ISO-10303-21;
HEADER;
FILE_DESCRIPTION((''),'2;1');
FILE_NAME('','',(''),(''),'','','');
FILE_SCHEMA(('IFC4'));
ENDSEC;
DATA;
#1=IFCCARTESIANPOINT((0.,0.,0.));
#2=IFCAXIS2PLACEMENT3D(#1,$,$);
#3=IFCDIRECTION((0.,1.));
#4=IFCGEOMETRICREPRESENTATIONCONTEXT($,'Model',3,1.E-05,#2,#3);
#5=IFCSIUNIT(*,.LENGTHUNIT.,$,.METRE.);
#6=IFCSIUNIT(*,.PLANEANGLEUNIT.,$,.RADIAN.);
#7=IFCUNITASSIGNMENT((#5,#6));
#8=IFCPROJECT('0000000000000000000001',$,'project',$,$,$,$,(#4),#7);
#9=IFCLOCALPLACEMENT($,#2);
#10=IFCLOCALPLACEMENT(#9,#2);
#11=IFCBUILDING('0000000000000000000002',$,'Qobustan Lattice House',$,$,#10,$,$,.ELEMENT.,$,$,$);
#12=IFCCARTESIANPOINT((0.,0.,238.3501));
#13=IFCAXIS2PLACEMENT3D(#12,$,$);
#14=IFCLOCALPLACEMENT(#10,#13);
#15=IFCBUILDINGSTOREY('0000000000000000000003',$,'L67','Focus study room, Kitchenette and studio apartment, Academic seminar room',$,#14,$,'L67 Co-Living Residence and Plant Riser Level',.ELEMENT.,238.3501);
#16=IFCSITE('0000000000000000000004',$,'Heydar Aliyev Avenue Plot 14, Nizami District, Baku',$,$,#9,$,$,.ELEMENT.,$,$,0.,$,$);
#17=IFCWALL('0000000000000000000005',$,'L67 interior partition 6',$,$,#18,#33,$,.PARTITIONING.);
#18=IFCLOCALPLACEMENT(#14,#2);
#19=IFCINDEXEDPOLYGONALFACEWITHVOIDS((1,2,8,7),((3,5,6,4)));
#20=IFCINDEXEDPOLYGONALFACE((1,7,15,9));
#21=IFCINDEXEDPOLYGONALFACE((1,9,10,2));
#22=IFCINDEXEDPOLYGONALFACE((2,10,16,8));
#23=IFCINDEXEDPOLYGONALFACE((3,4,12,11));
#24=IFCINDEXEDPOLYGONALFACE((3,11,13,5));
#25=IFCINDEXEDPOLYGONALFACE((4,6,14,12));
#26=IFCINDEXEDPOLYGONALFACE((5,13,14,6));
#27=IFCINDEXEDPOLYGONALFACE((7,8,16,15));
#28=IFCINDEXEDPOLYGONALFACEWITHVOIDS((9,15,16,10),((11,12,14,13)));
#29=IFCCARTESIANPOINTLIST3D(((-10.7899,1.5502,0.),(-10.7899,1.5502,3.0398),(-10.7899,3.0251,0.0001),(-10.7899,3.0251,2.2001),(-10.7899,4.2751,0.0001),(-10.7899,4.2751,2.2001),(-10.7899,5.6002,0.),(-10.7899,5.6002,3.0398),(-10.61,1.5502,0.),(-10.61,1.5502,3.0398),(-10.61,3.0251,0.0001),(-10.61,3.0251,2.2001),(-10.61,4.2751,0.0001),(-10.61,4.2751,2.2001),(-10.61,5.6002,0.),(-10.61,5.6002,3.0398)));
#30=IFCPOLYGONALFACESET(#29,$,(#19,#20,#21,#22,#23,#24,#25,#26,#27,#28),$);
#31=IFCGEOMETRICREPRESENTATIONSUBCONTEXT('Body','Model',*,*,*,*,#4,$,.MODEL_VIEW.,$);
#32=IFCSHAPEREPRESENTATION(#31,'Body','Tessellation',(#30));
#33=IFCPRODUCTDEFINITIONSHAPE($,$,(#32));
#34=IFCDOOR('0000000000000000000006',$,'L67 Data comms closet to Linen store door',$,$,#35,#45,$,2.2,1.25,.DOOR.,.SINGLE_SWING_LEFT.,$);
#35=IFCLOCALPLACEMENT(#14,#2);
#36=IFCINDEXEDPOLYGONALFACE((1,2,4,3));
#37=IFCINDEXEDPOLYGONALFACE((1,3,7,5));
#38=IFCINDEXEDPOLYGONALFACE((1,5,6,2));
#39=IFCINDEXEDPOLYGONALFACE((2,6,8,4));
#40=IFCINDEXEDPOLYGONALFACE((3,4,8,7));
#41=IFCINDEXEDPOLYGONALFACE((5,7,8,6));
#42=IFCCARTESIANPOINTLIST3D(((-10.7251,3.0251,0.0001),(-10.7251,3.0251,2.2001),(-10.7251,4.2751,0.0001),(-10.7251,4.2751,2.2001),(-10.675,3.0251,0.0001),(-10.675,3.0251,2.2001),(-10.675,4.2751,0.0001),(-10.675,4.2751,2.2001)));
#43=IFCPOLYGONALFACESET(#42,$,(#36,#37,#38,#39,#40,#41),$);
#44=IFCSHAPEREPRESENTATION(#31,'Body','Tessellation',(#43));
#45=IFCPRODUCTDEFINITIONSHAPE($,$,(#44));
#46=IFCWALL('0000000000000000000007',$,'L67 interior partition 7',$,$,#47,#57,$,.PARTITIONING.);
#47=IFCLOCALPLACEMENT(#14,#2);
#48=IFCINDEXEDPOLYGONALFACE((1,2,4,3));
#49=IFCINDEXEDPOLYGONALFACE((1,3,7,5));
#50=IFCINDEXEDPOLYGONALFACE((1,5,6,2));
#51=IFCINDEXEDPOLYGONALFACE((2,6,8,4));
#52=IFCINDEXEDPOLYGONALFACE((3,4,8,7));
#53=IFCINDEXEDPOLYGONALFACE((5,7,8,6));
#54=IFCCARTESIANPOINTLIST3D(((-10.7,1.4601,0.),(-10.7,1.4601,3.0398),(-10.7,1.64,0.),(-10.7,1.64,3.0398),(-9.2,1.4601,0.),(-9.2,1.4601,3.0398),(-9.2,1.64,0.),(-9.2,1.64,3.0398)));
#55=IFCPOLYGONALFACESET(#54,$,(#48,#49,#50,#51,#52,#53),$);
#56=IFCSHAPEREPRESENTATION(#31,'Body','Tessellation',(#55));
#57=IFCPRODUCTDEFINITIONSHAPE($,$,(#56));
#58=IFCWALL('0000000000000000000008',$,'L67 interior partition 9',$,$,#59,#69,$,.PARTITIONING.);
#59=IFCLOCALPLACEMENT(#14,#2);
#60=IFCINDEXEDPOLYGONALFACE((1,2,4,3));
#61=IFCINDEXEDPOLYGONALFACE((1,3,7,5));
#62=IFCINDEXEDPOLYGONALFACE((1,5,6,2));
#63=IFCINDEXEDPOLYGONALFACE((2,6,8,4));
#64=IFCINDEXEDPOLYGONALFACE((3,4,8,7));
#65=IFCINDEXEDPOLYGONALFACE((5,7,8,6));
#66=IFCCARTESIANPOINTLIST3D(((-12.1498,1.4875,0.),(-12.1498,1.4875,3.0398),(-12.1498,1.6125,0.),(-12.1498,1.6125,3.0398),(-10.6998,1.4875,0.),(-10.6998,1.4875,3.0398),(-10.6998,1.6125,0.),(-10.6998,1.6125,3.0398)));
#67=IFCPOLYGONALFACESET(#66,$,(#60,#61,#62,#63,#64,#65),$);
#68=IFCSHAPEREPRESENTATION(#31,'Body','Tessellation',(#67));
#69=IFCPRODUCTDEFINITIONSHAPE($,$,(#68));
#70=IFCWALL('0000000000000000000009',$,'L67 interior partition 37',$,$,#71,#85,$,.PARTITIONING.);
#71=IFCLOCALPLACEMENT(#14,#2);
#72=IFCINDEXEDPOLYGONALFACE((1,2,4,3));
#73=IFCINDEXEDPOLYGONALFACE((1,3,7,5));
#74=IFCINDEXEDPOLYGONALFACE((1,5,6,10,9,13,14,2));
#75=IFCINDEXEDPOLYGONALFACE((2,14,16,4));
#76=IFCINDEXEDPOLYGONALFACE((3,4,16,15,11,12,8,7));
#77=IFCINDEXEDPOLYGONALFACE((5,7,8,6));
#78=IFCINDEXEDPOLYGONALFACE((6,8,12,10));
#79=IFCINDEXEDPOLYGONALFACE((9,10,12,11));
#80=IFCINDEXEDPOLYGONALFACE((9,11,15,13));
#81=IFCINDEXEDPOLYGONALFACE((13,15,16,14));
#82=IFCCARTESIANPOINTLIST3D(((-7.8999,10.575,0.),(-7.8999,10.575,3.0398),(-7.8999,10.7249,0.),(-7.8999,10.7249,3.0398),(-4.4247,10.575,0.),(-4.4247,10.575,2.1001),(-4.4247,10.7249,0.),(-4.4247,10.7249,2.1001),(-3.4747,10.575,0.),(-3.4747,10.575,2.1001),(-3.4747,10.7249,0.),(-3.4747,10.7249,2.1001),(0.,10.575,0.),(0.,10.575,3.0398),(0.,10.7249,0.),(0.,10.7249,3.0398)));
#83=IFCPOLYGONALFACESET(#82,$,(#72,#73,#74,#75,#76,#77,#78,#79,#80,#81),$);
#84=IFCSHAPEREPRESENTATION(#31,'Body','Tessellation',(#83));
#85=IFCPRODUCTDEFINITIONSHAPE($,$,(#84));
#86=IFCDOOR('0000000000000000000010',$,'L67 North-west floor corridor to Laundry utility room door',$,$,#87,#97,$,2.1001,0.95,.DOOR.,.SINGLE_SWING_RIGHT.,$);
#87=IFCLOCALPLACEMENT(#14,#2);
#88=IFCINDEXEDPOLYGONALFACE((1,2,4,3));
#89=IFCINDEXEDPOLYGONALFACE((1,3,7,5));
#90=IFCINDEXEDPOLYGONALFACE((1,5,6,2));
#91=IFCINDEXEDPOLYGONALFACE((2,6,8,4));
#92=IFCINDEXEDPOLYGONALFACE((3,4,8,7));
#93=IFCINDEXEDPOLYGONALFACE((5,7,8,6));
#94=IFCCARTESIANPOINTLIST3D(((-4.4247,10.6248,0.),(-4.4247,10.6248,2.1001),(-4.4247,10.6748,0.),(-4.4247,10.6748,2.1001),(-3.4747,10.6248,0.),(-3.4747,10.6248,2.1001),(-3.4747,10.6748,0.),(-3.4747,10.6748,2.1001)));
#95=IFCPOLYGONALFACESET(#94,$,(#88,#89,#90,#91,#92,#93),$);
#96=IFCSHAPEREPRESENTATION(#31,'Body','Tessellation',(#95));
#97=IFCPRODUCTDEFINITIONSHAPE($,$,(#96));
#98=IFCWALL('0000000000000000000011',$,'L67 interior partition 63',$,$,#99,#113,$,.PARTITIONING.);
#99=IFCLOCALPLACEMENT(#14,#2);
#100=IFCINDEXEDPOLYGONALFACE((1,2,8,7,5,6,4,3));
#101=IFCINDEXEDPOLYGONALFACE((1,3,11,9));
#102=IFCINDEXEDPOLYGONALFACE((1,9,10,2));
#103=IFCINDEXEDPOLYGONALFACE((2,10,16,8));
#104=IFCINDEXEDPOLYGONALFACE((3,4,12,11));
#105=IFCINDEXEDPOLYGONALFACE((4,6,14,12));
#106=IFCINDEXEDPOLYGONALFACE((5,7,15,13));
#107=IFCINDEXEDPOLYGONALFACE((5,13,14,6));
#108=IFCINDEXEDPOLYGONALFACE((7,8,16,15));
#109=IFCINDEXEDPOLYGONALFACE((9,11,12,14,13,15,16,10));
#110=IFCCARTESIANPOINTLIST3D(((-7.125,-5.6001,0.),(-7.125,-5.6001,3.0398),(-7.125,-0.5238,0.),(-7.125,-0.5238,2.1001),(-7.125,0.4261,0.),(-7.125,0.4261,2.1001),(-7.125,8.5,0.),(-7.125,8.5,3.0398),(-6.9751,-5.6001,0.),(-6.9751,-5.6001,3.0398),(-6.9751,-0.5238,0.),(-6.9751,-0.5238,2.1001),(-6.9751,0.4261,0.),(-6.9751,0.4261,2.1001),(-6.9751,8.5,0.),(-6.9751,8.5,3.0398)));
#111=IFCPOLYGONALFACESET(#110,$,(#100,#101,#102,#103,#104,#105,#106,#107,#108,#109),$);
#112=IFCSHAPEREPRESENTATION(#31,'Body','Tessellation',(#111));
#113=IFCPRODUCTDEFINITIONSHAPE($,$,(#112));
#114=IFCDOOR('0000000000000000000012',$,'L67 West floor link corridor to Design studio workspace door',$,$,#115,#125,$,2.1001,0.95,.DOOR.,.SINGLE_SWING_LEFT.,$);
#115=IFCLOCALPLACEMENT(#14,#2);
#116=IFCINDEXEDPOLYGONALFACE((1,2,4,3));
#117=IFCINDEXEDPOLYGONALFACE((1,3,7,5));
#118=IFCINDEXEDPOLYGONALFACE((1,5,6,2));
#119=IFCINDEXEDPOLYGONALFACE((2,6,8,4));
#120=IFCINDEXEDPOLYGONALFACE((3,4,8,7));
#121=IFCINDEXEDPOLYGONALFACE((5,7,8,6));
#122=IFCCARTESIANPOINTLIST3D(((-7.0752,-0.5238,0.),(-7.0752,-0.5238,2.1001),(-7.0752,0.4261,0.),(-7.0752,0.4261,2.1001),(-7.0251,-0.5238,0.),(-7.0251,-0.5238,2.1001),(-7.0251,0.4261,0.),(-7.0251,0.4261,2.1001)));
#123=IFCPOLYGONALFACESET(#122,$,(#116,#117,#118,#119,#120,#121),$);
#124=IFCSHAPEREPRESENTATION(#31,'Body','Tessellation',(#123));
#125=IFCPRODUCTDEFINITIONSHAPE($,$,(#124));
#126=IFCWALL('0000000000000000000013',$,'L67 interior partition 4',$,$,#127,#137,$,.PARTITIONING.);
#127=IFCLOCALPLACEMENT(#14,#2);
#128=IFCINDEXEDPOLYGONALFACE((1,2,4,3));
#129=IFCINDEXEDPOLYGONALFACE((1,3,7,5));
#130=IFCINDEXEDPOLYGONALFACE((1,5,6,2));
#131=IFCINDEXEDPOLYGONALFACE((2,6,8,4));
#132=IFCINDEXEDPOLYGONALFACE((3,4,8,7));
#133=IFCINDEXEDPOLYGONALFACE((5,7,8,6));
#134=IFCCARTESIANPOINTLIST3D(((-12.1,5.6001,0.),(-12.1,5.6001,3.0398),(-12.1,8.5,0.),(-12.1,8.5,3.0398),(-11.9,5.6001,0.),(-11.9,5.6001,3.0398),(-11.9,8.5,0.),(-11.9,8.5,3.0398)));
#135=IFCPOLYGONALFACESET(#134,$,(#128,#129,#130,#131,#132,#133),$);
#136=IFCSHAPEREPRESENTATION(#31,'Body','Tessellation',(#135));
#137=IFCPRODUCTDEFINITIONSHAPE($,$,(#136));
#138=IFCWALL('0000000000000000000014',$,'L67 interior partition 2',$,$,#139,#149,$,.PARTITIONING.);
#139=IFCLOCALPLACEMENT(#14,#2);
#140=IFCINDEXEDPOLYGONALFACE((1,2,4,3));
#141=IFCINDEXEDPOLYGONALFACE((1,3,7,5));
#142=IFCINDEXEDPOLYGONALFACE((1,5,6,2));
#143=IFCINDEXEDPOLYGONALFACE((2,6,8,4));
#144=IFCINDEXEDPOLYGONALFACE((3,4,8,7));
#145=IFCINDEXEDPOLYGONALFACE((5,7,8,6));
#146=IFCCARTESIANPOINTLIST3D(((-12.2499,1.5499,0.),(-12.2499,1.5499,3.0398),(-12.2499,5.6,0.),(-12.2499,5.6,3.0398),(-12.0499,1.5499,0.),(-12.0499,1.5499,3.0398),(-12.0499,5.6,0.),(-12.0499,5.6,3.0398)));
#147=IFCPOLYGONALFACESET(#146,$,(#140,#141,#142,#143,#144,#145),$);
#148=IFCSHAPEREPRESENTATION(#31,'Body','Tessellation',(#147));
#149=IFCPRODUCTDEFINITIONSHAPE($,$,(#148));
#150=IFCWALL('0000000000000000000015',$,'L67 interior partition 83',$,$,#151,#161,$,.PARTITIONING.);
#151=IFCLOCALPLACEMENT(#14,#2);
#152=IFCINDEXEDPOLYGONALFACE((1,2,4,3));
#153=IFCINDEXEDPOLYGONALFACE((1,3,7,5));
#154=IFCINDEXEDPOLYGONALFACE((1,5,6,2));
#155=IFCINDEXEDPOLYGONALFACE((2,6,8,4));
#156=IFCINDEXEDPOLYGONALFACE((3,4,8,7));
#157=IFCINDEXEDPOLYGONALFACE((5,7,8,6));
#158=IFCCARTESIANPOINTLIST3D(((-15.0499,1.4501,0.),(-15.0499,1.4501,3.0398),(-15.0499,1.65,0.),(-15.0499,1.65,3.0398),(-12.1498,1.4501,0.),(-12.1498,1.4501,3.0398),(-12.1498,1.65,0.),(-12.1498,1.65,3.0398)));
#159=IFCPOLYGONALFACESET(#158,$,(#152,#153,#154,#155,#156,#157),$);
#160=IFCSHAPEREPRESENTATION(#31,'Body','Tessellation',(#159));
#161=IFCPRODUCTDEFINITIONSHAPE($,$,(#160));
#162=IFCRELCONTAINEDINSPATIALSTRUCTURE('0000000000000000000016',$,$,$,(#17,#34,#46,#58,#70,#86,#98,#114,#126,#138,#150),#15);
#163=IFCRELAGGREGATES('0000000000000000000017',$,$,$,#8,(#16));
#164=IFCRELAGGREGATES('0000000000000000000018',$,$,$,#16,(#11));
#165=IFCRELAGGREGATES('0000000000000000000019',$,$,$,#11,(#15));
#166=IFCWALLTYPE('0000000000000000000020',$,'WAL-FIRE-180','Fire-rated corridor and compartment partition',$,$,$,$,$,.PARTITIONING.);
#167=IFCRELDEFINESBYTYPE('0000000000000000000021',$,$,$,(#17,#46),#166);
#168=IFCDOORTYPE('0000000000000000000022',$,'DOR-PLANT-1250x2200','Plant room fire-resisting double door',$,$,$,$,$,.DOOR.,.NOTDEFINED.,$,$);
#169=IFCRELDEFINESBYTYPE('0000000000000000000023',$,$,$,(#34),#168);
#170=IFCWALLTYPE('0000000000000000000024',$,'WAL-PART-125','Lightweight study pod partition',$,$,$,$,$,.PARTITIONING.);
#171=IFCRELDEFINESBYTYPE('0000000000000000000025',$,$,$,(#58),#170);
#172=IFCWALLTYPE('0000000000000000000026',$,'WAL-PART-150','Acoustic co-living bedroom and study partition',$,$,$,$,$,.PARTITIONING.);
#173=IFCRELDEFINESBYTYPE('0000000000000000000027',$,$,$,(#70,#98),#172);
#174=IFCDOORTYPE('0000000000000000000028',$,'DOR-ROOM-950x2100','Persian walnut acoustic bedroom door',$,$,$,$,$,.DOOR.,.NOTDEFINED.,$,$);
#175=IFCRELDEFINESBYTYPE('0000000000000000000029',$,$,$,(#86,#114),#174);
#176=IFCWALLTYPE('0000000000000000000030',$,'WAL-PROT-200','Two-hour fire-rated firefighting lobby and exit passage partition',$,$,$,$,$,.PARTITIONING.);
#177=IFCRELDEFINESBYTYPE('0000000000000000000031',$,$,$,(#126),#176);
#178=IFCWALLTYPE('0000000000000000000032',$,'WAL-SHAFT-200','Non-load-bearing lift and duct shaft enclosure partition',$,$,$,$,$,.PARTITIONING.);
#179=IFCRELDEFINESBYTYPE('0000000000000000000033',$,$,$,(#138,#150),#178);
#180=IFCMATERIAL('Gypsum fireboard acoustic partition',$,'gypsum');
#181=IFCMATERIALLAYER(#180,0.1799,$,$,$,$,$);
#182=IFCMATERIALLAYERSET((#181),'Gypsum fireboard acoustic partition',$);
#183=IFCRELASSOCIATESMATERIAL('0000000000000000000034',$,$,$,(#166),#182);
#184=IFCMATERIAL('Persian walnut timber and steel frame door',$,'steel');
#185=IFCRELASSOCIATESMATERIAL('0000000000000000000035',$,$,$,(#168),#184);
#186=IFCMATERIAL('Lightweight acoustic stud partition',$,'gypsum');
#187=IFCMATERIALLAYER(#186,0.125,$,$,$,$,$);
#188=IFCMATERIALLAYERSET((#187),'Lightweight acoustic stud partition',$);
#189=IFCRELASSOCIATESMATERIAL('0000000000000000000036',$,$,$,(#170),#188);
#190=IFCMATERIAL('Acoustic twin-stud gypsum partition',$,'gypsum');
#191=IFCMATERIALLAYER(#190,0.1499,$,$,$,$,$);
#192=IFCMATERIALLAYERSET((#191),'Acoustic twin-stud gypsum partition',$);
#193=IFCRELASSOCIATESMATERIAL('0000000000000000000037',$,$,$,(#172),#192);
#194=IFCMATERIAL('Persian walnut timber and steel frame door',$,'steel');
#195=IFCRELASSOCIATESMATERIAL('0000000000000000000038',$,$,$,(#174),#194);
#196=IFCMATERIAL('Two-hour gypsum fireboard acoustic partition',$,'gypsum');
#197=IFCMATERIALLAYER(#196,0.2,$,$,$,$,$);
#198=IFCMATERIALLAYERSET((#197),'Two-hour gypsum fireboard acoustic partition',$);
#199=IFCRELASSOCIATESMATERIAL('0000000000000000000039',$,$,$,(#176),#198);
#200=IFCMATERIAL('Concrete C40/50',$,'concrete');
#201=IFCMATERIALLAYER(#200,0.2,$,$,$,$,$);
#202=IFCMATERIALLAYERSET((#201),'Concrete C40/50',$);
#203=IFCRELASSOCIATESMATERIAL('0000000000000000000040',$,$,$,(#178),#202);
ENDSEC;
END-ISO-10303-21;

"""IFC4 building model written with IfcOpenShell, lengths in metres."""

from ifc_helpers import new_model, si_unit, direction, frame, frame_2d, origin, place, context, subcontext, project, spatial, rectangle, extrude, material, layer, layer_set, type_object, element, fill, save


model = new_model("IFC4")

# Units and contexts
model_context = context("Model", 3, precision=1e-05, world=origin(), true_north=direction((0.0, 1.0)))
body_context = subcontext(model_context, "Body", "Model", "MODEL_VIEW")
ifc_project = project(units=[si_unit("LENGTHUNIT", "METRE"), si_unit("PLANEANGLEUNIT", "RADIAN")], contexts=[model_context])

# Site, building, storey
site_placement = place(None, origin())
site = spatial("IfcSite", under=ifc_project, at=site_placement, Name="Heydar Aliyev Avenue Plot 14, Nizami District, Baku", CompositionType="ELEMENT", RefElevation=0.0)
building_placement = place(site_placement, origin())
building = spatial("IfcBuilding", under=site, at=building_placement, Name="Qobustan Lattice House", CompositionType="ELEMENT")
storey_placement = place(building_placement, frame((0.0, 0.0, 238.3501)))
storey = spatial("IfcBuildingStorey", under=building, at=storey_placement, Name="L67", Description="Focus study room, Kitchenette and studio apartment, Academic seminar room", LongName="L67 Co-Living Residence and Plant Riser Level", CompositionType="ELEMENT", Elevation=238.3501)

# Wall, opening, door
ifc_material_1 = material(Name="Gypsum fireboard acoustic partition", Category="gypsum")
ifc_layer_1 = layer(ifc_material_1, 0.1799)
ifc_layer_set_1 = layer_set([ifc_layer_1], Name="Gypsum fireboard acoustic partition")
wall_type_1 = type_object("IfcWallType", Name="WAL-FIRE-180", Description="Fire-rated corridor and compartment partition", PredefinedType="PARTITIONING", material=ifc_layer_set_1)
wall_1_placement = place(storey_placement, frame((-10.7, 5.6001, 0.0), z_axis=(0.0, 0.0, 1.0), x_axis=(0.0, -1.0, 0.0)))
wall_1 = element("IfcWall", 1, at=wall_1_placement, inside=storey, type_object=wall_type_1, Name="L67 interior partition 6", PredefinedType="PARTITIONING", context=body_context, shape_type="SweptSolid", body=[
    extrude(rectangle(XDim=4.05, YDim=0.1799, at=frame_2d((2.0249, 0.0))), origin(), (0.0, 0.0, 1.0), 3.0398),
])
opening_1_placement = place(wall_1_placement, frame((1.325, 0.0, 0.0)))
opening_1 = element("IfcOpeningElement", 2, at=opening_1_placement, cuts=wall_1, PredefinedType="OPENING", context=body_context, shape_type="SweptSolid", body=[
    extrude(rectangle(XDim=1.25, YDim=2.2, at=frame_2d((0.625, 1.1001))), frame((0.0, 0.0999, 0.0), z_axis=(0.0, -1.0, 0.0), x_axis=(1.0, 0.0, 0.0)), (0.0, 0.0, 1.0), 0.2),
])
ifc_material_2 = material(Name="Persian walnut timber and steel frame door", Category="steel")
door_type_1 = type_object("IfcDoorType", Name="DOR-PLANT-1250x2200", Description="Plant room fire-resisting double door", OperationType="NOTDEFINED", PredefinedType="DOOR", material=ifc_material_2)
door_1_placement = place(opening_1_placement, origin())
door_1 = element("IfcDoor", 3, at=door_1_placement, inside=storey, type_object=door_type_1, Name="L67 Data comms closet to Linen store door", OperationType="SINGLE_SWING_LEFT", OverallHeight=2.2, OverallWidth=1.25, PredefinedType="DOOR", context=body_context, shape_type="SweptSolid", body=[
    extrude(rectangle(XDim=1.25, YDim=2.2, at=frame_2d((0.625, 1.1001))), frame((0.0, 0.0249, 0.0), z_axis=(0.0, -1.0, 0.0), x_axis=(1.0, 0.0, 0.0)), (0.0, 0.0, 1.0), 0.05),
])
fill(opening_1, door_1)

# Walls
wall_2_placement = place(storey_placement, frame((-10.7, 1.55, 0.0), z_axis=(0.0, 0.0, 1.0), x_axis=(1.0, 0.0, 0.0)))
element("IfcWall", 4, at=wall_2_placement, inside=storey, type_object=wall_type_1, Name="L67 interior partition 7", PredefinedType="PARTITIONING", context=body_context, shape_type="SweptSolid", body=[
    extrude(rectangle(XDim=1.5, YDim=0.1799, at=frame_2d((0.75, 0.0))), origin(), (0.0, 0.0, 1.0), 3.0398),
])
ifc_material_3 = material(Name="Lightweight acoustic stud partition", Category="gypsum")
ifc_layer_2 = layer(ifc_material_3, 0.125)
ifc_layer_set_2 = layer_set([ifc_layer_2], Name="Lightweight acoustic stud partition")
wall_type_2 = type_object("IfcWallType", Name="WAL-PART-125", Description="Lightweight study pod partition", PredefinedType="PARTITIONING", material=ifc_layer_set_2)
wall_3_placement = place(storey_placement, frame((-12.1499, 1.55, 0.0), z_axis=(0.0, 0.0, 1.0), x_axis=(1.0, 0.0, 0.0)))
element("IfcWall", 5, at=wall_3_placement, inside=storey, type_object=wall_type_2, Name="L67 interior partition 9", PredefinedType="PARTITIONING", context=body_context, shape_type="SweptSolid", body=[
    extrude(rectangle(XDim=1.45, YDim=0.125, at=frame_2d((0.7251, 0.0))), origin(), (0.0, 0.0, 1.0), 3.0398),
])

# Walls, openings, doors
ifc_material_4 = material(Name="Acoustic twin-stud gypsum partition", Category="gypsum")
ifc_layer_3 = layer(ifc_material_4, 0.1499)
ifc_layer_set_3 = layer_set([ifc_layer_3], Name="Acoustic twin-stud gypsum partition")
wall_type_3 = type_object("IfcWallType", Name="WAL-PART-150", Description="Acoustic co-living bedroom and study partition", PredefinedType="PARTITIONING", material=ifc_layer_set_3)
wall_4_placement = place(storey_placement, frame((-7.8999, 10.6499, 0.0), z_axis=(0.0, 0.0, 1.0), x_axis=(1.0, 0.0, 0.0)))
wall_4 = element("IfcWall", 6, at=wall_4_placement, inside=storey, type_object=wall_type_3, Name="L67 interior partition 37", PredefinedType="PARTITIONING", context=body_context, shape_type="SweptSolid", body=[
    extrude(rectangle(XDim=7.8999, YDim=0.1499, at=frame_2d((3.95, 0.0))), origin(), (0.0, 0.0, 1.0), 3.0398),
])
opening_2_placement = place(wall_4_placement, frame((3.4751, 0.0, 0.0)))
opening_2 = element("IfcOpeningElement", 7, at=opening_2_placement, cuts=wall_4, PredefinedType="OPENING", context=body_context, shape_type="SweptSolid", body=[
    extrude(rectangle(XDim=0.95, YDim=2.1001, at=frame_2d((0.4751, 1.05))), frame((0.0, 0.085, 0.0), z_axis=(0.0, -1.0, 0.0), x_axis=(1.0, 0.0, 0.0)), (0.0, 0.0, 1.0), 0.1699),
])
ifc_material_5 = material(Name="Persian walnut timber and steel frame door", Category="steel")
door_type_2 = type_object("IfcDoorType", Name="DOR-ROOM-950x2100", Description="Persian walnut acoustic bedroom door", OperationType="NOTDEFINED", PredefinedType="DOOR", material=ifc_material_5)
door_2_placement = place(opening_2_placement, origin())
door_2 = element("IfcDoor", 8, at=door_2_placement, inside=storey, type_object=door_type_2, Name="L67 North-west floor corridor to Laundry utility room door", OperationType="SINGLE_SWING_RIGHT", OverallHeight=2.1001, OverallWidth=0.95, PredefinedType="DOOR", context=body_context, shape_type="SweptSolid", body=[
    extrude(rectangle(XDim=0.95, YDim=2.1001, at=frame_2d((0.4751, 1.05))), frame((0.0, 0.0249, 0.0), z_axis=(0.0, -1.0, 0.0), x_axis=(1.0, 0.0, 0.0)), (0.0, 0.0, 1.0), 0.05),
])
fill(opening_2, door_2)
wall_5_placement = place(storey_placement, frame((-7.05, 8.5, 0.0), z_axis=(0.0, 0.0, 1.0), x_axis=(0.0, -1.0, 0.0)))
wall_5 = element("IfcWall", 9, at=wall_5_placement, inside=storey, type_object=wall_type_3, Name="L67 interior partition 63", PredefinedType="PARTITIONING", context=body_context, shape_type="SweptSolid", body=[
    extrude(rectangle(XDim=14.1001, YDim=0.1499, at=frame_2d((7.05, 0.0))), origin(), (0.0, 0.0, 1.0), 3.0398),
])
opening_3_placement = place(wall_5_placement, frame((8.0737, 0.0, 0.0)))
opening_3 = element("IfcOpeningElement", 10, at=opening_3_placement, cuts=wall_5, PredefinedType="OPENING", context=body_context, shape_type="SweptSolid", body=[
    extrude(rectangle(XDim=0.95, YDim=2.1001, at=frame_2d((0.4751, 1.05))), frame((0.0, 0.085, 0.0), z_axis=(0.0, -1.0, 0.0), x_axis=(1.0, 0.0, 0.0)), (0.0, 0.0, 1.0), 0.1699),
])
door_3_placement = place(opening_3_placement, origin())
door_3 = element("IfcDoor", 11, at=door_3_placement, inside=storey, type_object=door_type_2, Name="L67 West floor link corridor to Design studio workspace door", OperationType="SINGLE_SWING_LEFT", OverallHeight=2.1001, OverallWidth=0.95, PredefinedType="DOOR", context=body_context, shape_type="SweptSolid", body=[
    extrude(rectangle(XDim=0.95, YDim=2.1001, at=frame_2d((0.4751, 1.05))), frame((0.0, 0.0249, 0.0), z_axis=(0.0, -1.0, 0.0), x_axis=(1.0, 0.0, 0.0)), (0.0, 0.0, 1.0), 0.05),
])
fill(opening_3, door_3)
ifc_material_6 = material(Name="Two-hour gypsum fireboard acoustic partition", Category="gypsum")
ifc_layer_4 = layer(ifc_material_6, 0.2)
ifc_layer_set_4 = layer_set([ifc_layer_4], Name="Two-hour gypsum fireboard acoustic partition")
wall_type_4 = type_object("IfcWallType", Name="WAL-PROT-200", Description="Two-hour fire-rated firefighting lobby and exit passage partition", PredefinedType="PARTITIONING", material=ifc_layer_set_4)

# Walls
wall_6_placement = place(storey_placement, frame((-12.0, 5.6001, 0.0), z_axis=(0.0, 0.0, 1.0), x_axis=(0.0, 1.0, 0.0)))
element("IfcWall", 12, at=wall_6_placement, inside=storey, type_object=wall_type_4, Name="L67 interior partition 4", PredefinedType="PARTITIONING", context=body_context, shape_type="SweptSolid", body=[
    extrude(rectangle(XDim=2.8999, YDim=0.2, at=frame_2d((1.45, 0.0))), origin(), (0.0, 0.0, 1.0), 3.0398),
])
ifc_material_7 = material(Name="Concrete C40/50", Category="concrete")
ifc_layer_5 = layer(ifc_material_7, 0.2)
ifc_layer_set_5 = layer_set([ifc_layer_5], Name="Concrete C40/50")
wall_type_5 = type_object("IfcWallType", Name="WAL-SHAFT-200", Description="Non-load-bearing lift and duct shaft enclosure partition", PredefinedType="PARTITIONING", material=ifc_layer_set_5)
wall_7_placement = place(storey_placement, frame((-12.1499, 1.55, 0.0), z_axis=(0.0, 0.0, 1.0), x_axis=(0.0, 1.0, 0.0)))
element("IfcWall", 13, at=wall_7_placement, inside=storey, type_object=wall_type_5, Name="L67 interior partition 2", PredefinedType="PARTITIONING", context=body_context, shape_type="SweptSolid", body=[
    extrude(rectangle(XDim=4.05, YDim=0.2, at=frame_2d((2.0249, 0.0))), origin(), (0.0, 0.0, 1.0), 3.0398),
])
wall_8_placement = place(storey_placement, frame((-15.05, 1.55, 0.0), z_axis=(0.0, 0.0, 1.0), x_axis=(1.0, 0.0, 0.0)))
element("IfcWall", 14, at=wall_8_placement, inside=storey, type_object=wall_type_5, Name="L67 interior partition 83", PredefinedType="PARTITIONING", context=body_context, shape_type="SweptSolid", body=[
    extrude(rectangle(XDim=2.9001, YDim=0.2, at=frame_2d((1.4502, 0.0))), origin(), (0.0, 0.0, 1.0), 3.0398),
])

save(model, "model.ifc")
